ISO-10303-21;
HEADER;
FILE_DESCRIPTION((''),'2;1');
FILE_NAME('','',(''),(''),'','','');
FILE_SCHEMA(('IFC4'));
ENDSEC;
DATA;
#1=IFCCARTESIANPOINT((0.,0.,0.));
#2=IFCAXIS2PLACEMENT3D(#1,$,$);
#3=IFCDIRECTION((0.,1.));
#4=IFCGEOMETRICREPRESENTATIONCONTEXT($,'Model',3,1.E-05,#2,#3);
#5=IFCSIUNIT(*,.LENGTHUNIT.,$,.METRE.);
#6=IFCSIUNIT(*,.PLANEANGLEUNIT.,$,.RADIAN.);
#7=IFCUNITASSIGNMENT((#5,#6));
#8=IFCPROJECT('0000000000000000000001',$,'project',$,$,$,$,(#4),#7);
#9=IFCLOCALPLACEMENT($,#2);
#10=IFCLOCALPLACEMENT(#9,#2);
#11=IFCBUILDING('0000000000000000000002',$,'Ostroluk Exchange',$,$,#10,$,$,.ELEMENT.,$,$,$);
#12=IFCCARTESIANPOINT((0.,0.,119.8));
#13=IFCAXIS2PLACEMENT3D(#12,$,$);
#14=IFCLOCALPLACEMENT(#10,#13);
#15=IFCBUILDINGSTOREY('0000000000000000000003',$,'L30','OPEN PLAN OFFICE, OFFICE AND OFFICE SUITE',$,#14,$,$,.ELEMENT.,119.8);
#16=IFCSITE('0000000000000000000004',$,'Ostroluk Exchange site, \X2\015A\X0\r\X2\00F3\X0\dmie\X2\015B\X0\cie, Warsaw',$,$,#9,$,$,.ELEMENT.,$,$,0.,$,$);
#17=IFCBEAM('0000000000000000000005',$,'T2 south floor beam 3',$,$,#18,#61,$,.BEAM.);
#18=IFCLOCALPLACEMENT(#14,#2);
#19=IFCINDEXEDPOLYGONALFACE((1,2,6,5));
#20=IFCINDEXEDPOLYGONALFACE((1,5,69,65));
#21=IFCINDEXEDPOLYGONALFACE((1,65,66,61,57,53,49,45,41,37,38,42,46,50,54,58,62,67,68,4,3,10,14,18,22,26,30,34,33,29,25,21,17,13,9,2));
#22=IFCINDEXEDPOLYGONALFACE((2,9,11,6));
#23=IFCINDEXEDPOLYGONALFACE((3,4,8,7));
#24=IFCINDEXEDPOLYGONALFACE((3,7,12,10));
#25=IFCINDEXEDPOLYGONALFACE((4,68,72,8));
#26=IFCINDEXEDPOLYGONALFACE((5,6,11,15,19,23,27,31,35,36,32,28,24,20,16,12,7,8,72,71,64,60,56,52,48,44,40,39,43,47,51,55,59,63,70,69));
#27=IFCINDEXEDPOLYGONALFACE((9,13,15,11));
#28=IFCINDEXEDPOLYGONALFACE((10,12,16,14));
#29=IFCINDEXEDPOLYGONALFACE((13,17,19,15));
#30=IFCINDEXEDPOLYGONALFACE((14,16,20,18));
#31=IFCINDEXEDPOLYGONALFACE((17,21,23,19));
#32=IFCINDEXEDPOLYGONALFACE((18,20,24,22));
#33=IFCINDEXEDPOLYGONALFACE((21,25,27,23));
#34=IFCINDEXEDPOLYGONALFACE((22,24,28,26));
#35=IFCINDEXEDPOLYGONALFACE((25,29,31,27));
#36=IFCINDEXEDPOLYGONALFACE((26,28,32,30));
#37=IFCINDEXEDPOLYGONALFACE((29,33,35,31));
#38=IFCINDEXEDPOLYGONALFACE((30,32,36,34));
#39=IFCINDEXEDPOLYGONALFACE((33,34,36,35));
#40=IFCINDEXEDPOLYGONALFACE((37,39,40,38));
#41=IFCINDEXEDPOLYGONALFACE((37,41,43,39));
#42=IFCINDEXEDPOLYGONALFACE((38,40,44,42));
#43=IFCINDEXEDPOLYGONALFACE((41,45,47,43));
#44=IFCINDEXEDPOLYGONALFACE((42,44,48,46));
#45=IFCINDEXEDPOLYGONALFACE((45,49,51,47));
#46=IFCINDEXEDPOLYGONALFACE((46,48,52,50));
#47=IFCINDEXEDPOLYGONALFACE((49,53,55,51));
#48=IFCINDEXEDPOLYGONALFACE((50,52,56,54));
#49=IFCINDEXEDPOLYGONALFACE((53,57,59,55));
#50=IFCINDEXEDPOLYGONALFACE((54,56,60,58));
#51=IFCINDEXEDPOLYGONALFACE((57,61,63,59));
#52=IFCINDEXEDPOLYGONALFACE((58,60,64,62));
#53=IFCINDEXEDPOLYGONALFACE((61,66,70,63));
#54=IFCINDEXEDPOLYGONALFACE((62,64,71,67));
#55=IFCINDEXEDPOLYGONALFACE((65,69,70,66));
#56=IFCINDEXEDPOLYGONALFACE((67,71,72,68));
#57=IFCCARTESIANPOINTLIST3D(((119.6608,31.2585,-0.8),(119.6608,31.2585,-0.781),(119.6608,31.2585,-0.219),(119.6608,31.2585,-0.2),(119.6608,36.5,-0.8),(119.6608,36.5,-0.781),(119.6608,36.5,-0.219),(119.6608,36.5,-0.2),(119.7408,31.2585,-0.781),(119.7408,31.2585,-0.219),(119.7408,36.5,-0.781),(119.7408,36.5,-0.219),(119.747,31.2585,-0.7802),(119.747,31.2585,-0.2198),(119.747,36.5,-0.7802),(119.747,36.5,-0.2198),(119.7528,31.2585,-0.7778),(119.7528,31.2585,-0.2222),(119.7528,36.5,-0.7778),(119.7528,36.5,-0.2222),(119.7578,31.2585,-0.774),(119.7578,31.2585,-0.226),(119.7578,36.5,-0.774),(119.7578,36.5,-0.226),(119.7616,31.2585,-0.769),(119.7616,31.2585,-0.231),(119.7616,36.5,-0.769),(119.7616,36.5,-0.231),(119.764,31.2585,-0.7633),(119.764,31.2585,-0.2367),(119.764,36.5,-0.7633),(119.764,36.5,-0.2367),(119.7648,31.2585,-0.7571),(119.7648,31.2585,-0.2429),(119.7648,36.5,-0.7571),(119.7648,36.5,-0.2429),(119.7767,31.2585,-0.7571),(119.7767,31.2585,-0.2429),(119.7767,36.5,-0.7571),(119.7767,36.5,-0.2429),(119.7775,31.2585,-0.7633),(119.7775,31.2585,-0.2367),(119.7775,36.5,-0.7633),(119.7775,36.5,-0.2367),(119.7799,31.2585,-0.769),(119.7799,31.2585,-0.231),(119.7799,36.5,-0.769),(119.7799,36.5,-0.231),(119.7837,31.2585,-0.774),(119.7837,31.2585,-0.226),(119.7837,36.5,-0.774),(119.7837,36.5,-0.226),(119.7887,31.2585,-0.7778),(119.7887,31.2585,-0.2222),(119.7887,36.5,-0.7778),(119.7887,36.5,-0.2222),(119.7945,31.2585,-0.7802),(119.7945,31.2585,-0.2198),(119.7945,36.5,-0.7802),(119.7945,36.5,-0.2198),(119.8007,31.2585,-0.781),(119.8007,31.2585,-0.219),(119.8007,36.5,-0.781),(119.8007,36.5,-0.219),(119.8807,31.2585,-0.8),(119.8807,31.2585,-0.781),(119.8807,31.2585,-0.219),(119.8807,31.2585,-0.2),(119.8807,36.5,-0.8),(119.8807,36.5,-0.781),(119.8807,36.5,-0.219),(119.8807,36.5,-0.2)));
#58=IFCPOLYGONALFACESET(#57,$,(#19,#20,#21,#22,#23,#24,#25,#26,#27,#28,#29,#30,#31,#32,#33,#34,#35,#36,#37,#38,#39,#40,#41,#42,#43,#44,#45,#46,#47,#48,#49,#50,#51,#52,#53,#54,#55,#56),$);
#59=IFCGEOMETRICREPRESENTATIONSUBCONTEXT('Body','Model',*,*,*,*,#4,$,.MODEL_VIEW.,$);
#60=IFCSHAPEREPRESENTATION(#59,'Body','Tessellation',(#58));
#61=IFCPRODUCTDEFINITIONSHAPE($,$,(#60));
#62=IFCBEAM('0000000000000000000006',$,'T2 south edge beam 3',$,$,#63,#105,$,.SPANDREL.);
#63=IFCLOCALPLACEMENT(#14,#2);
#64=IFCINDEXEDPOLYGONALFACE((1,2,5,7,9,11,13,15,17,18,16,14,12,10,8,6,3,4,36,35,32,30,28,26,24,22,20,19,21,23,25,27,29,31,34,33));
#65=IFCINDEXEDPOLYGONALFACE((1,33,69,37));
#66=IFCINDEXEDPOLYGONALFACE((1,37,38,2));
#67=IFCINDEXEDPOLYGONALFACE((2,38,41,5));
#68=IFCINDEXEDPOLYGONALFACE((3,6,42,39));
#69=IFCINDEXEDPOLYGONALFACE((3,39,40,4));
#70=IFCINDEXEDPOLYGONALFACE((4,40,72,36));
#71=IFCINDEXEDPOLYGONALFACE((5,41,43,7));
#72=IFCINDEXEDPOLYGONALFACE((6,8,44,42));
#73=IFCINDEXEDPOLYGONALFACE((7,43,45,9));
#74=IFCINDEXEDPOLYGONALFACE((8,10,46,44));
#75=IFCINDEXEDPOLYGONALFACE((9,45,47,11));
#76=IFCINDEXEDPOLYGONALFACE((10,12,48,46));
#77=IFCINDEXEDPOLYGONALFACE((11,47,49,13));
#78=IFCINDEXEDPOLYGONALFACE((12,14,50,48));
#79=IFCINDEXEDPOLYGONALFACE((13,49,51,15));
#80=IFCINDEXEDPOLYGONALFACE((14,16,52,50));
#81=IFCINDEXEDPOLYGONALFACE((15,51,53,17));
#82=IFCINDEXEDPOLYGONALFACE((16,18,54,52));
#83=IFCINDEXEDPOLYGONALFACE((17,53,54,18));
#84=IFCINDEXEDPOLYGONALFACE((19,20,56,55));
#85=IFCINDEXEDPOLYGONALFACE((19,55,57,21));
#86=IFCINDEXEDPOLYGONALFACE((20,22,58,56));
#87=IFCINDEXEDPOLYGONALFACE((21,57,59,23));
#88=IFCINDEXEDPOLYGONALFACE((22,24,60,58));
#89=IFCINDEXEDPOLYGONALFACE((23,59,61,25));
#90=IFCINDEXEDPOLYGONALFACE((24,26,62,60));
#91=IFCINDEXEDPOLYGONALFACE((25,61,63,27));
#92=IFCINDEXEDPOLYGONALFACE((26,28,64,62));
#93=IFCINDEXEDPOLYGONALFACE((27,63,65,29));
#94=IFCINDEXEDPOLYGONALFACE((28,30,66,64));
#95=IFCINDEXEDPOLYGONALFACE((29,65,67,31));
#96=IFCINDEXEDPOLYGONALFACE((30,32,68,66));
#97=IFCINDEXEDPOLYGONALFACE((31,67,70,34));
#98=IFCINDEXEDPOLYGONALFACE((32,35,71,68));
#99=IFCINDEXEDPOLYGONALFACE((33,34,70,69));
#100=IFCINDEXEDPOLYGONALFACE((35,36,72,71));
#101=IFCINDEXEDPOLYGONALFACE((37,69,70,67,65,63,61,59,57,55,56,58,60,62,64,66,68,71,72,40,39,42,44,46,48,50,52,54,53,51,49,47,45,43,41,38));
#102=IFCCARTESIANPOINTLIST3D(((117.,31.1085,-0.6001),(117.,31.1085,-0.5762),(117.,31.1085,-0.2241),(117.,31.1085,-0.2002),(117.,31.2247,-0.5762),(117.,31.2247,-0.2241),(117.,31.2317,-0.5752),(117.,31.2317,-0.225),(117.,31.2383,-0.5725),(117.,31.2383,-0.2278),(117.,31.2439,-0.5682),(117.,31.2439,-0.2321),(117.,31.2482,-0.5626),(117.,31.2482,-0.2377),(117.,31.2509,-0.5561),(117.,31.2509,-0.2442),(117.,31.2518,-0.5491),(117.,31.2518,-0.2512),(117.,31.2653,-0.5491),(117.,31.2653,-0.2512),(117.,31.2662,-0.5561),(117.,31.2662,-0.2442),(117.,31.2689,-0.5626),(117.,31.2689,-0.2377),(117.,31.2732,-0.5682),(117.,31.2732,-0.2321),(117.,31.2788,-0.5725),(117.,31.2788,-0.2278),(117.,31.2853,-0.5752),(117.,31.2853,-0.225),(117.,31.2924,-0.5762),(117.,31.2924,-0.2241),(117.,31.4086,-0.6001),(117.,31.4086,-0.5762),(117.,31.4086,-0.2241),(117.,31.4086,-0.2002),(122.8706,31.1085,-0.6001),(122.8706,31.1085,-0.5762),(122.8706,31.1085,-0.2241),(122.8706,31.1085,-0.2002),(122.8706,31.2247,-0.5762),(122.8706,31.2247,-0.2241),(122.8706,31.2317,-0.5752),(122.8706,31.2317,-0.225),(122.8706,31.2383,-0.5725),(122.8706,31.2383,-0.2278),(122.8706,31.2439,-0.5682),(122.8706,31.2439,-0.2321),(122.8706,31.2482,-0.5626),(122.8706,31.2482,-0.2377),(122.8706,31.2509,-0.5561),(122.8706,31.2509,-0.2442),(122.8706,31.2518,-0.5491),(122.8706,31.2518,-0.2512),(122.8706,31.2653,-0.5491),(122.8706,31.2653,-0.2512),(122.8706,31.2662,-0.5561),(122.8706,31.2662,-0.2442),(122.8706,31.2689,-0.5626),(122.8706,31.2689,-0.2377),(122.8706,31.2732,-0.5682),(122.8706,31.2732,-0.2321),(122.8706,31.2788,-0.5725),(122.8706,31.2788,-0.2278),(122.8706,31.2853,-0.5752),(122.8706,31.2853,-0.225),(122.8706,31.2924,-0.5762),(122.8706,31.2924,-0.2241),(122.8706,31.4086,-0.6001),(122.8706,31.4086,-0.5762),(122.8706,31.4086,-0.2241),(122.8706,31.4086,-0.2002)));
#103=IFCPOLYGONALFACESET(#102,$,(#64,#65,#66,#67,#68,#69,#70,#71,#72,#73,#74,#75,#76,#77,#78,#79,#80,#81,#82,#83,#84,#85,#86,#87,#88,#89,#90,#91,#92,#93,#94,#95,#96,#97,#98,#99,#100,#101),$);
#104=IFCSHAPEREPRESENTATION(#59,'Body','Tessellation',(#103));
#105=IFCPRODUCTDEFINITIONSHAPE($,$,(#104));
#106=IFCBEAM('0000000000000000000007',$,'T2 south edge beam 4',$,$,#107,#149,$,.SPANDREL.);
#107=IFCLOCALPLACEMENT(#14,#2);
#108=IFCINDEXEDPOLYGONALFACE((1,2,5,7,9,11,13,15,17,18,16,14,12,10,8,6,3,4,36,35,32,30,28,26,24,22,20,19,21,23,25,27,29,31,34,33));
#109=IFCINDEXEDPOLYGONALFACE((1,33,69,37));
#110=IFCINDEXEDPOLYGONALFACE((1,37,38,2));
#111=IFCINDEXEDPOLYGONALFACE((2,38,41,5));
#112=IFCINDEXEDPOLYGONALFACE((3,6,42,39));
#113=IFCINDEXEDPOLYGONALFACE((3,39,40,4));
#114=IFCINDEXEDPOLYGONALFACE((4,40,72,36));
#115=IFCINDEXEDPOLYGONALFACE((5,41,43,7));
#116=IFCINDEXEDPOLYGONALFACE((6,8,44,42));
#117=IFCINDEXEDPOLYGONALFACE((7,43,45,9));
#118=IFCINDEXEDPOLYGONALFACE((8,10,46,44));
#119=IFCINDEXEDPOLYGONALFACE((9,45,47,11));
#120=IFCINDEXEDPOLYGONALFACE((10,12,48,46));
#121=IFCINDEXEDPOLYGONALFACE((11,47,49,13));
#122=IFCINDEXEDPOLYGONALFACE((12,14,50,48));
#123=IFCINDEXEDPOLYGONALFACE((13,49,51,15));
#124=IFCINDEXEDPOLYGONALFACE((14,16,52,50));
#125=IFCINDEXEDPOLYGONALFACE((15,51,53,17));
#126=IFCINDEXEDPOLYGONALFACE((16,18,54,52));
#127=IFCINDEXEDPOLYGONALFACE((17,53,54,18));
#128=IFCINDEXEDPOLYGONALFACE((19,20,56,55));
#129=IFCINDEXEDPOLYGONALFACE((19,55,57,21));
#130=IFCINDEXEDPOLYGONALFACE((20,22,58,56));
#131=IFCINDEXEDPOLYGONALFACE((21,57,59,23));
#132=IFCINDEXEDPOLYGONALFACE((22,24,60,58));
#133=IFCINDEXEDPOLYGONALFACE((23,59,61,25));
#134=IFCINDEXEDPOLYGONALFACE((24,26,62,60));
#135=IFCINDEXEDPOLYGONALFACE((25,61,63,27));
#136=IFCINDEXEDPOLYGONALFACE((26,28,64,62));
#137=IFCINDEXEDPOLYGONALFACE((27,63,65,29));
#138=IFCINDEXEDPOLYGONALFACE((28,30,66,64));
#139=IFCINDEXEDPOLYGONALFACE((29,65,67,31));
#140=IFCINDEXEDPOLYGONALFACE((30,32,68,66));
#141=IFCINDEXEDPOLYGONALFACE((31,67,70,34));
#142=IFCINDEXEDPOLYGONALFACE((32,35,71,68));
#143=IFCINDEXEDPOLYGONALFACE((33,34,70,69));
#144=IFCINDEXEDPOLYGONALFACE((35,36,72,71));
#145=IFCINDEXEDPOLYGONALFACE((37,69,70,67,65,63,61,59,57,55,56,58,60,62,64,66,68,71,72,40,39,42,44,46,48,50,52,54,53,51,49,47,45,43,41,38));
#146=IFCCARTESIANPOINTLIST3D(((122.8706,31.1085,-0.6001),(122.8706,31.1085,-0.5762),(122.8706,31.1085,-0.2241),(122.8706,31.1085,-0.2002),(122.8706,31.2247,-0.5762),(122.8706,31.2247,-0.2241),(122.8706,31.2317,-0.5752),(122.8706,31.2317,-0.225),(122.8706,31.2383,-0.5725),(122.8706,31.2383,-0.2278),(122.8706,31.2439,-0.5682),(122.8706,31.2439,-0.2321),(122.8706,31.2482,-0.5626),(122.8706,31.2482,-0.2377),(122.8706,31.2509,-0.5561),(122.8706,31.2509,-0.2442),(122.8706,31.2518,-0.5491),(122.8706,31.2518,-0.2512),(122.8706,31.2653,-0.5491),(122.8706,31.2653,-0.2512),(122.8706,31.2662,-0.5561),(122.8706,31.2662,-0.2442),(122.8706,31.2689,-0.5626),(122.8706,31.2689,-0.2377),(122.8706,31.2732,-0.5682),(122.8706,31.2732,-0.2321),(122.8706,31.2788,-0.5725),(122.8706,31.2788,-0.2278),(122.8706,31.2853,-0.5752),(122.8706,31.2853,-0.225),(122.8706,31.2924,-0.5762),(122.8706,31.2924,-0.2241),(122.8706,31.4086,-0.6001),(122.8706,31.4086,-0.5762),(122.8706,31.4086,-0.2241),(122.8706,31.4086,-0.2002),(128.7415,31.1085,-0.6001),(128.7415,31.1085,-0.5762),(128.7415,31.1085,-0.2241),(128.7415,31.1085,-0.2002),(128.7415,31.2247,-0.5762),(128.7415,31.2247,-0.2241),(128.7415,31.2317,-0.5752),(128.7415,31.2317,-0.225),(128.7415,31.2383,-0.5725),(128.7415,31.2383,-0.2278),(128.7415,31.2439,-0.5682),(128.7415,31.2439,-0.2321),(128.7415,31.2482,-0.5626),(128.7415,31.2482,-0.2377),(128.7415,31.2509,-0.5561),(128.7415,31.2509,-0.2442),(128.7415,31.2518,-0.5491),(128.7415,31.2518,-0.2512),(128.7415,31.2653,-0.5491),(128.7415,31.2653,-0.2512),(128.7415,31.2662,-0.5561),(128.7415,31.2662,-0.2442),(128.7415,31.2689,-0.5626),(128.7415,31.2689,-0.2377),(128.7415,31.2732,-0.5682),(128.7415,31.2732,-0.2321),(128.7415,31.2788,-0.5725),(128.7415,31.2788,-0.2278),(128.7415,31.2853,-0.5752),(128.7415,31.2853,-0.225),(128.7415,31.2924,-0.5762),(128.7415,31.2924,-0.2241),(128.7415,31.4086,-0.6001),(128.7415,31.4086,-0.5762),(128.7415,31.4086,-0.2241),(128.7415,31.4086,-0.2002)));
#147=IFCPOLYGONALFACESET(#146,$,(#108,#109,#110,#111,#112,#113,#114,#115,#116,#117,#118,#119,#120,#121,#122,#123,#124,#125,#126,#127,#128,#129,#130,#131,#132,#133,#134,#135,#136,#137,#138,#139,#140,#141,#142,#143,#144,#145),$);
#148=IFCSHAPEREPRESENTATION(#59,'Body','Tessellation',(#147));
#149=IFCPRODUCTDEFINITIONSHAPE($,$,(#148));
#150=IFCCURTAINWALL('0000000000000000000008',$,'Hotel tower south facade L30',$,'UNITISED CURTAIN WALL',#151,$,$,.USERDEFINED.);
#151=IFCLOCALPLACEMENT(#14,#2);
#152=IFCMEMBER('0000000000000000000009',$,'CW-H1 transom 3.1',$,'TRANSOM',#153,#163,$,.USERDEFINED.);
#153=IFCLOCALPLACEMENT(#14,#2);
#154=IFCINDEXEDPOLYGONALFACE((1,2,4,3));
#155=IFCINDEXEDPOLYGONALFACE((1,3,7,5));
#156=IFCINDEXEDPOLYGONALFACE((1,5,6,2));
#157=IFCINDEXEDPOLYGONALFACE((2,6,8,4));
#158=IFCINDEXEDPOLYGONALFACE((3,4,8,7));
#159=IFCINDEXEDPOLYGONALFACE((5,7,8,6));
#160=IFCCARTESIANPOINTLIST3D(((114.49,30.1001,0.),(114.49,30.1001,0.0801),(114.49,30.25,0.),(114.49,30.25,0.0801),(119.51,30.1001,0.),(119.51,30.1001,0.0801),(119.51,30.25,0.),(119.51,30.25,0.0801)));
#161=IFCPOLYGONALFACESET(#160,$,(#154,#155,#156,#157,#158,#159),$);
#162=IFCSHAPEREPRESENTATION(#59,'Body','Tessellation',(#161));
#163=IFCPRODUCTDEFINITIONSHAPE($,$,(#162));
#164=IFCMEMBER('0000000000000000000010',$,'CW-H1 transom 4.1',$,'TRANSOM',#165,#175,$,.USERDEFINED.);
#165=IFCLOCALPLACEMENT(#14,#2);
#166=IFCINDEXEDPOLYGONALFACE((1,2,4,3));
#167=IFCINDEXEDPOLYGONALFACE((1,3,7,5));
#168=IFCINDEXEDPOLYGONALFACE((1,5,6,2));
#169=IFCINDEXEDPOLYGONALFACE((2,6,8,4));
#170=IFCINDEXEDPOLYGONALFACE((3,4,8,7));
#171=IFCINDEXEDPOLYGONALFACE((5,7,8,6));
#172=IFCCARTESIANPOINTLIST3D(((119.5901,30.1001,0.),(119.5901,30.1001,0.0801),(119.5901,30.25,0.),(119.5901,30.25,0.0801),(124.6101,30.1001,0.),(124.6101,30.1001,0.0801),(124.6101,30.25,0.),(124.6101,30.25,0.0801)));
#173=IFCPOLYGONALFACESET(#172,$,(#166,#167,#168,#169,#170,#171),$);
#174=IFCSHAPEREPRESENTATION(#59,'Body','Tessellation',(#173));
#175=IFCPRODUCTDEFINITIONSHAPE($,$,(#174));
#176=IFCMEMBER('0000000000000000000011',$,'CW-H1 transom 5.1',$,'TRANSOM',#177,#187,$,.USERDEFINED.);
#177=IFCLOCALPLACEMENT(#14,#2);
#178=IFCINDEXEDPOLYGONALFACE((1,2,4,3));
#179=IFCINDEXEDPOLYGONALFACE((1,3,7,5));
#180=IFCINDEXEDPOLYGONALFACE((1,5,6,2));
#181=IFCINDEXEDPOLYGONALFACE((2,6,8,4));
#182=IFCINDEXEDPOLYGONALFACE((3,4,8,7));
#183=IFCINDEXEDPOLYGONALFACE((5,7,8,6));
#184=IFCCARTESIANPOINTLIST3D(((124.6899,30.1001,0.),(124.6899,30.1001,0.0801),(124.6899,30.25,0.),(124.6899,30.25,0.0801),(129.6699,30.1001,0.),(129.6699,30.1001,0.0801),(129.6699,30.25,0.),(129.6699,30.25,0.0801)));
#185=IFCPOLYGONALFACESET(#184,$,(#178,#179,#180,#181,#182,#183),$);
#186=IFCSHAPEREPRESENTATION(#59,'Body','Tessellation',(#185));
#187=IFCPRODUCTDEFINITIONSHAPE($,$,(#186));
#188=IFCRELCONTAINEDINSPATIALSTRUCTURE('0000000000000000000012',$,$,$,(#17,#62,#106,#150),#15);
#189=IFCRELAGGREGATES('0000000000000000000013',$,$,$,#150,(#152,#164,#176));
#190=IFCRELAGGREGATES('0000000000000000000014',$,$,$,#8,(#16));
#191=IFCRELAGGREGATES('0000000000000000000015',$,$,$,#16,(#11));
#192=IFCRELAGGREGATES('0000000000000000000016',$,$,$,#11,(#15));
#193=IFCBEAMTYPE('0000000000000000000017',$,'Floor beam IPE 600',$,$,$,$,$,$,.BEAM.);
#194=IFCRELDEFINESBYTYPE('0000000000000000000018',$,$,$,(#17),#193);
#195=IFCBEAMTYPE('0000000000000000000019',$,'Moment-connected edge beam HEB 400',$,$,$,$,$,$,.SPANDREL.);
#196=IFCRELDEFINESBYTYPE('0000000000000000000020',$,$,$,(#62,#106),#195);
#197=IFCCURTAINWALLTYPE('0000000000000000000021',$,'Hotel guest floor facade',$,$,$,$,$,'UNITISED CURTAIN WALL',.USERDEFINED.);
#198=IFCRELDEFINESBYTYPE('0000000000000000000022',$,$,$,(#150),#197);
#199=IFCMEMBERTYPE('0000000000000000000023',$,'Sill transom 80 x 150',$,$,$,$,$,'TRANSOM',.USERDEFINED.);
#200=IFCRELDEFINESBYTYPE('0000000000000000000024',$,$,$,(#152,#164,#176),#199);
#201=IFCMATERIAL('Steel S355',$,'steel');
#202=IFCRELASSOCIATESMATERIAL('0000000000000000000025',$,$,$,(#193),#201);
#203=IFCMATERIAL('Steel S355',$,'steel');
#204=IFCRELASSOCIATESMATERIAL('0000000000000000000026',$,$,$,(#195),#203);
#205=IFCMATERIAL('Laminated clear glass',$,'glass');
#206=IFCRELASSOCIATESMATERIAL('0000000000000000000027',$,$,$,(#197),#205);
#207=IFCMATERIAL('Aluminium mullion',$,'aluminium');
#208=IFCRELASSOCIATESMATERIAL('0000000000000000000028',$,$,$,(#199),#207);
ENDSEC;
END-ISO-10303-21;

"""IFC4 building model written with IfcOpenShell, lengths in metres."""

from ifc_helpers import new_model, si_unit, direction, frame, origin, origin_2d, place, context, subcontext, project, spatial, rectangle, i_section, extrude, material, material_profile, profile_set, type_object, element, aggregate, save


model = new_model("IFC4")

# Units and contexts
model_context = context("Model", 3, precision=1e-05, world=origin(), true_north=direction((0.0, 1.0)))
body_context = subcontext(model_context, "Body", "Model", "MODEL_VIEW")
ifc_project = project(units=[si_unit("LENGTHUNIT", "METRE"), si_unit("PLANEANGLEUNIT", "RADIAN")], contexts=[model_context])

# Site, building, storey
site_placement = place(None, origin())
site = spatial("IfcSite", under=ifc_project, at=site_placement, Name="Ostroluk Exchange site, Śródmieście, Warsaw", CompositionType="ELEMENT", RefElevation=0.0)
building_placement = place(site_placement, origin())
building = spatial("IfcBuilding", under=site, at=building_placement, Name="Ostroluk Exchange", CompositionType="ELEMENT")
storey_placement = place(building_placement, frame((0.0, 0.0, 119.8)))
storey = spatial("IfcBuildingStorey", under=building, at=storey_placement, Name="L30", Description="OPEN PLAN OFFICE, OFFICE AND OFFICE SUITE", CompositionType="ELEMENT", Elevation=119.8)

# Beams
ifc_material_1 = material(Name="Steel S355", Category="steel")
ifc_material_profile_1 = material_profile(ifc_material_1, i_section(OverallWidth=0.22, OverallDepth=0.6001, WebThickness=0.012, FlangeThickness=0.019, FilletRadius=0.0239, at=origin_2d()), Name="IPE 600")
ifc_profile_set_1 = profile_set([ifc_material_profile_1], Name="Steel S355")
beam_type_1 = type_object("IfcBeamType", Name="Floor beam IPE 600", PredefinedType="BEAM", material=ifc_profile_set_1)
for number, where, z_axis, x_axis, name in (
    (1, (119.7708, 36.5, -0.5), (0.0, -1.0, 0.0), (1.0, 0.0, 0.0), "T2 south floor beam 3"),
):
    element("IfcBeam", number, at=place(storey_placement, frame(where, z_axis=z_axis, x_axis=x_axis)), inside=storey, type_object=beam_type_1, Name=name, PredefinedType="BEAM", context=body_context, shape_type="SweptSolid", body=[
        extrude(i_section(OverallWidth=0.22, OverallDepth=0.6001, WebThickness=0.012, FlangeThickness=0.019, FilletRadius=0.0239, at=origin_2d()), origin(), (0.0, 0.0, 1.0), 5.2415),
    ])
ifc_material_2 = material(Name="Steel S355", Category="steel")
ifc_material_profile_2 = material_profile(ifc_material_2, i_section(OverallWidth=0.3, OverallDepth=0.3999, WebThickness=0.0134, FlangeThickness=0.0239, FilletRadius=0.0271, at=origin_2d()), Name="HEB 400")
ifc_profile_set_2 = profile_set([ifc_material_profile_2], Name="Steel S355")
beam_type_2 = type_object("IfcBeamType", Name="Moment-connected edge beam HEB 400", PredefinedType="SPANDREL", material=ifc_profile_set_2)
beam_1_placement = place(storey_placement, frame((117.0, 31.2585, -0.4001), z_axis=(1.0, 0.0, 0.0), x_axis=(0.0, 1.0, 0.0)))
element("IfcBeam", 2, at=beam_1_placement, inside=storey, type_object=beam_type_2, Name="T2 south edge beam 3", PredefinedType="SPANDREL", context=body_context, shape_type="SweptSolid", body=[
    extrude(i_section(OverallWidth=0.3, OverallDepth=0.3999, WebThickness=0.0134, FlangeThickness=0.0239, FilletRadius=0.0271, at=origin_2d()), origin(), (0.0, 0.0, 1.0), 5.8706),
])
beam_2_placement = place(storey_placement, frame((122.8706, 31.2585, -0.4001), z_axis=(1.0, 0.0, 0.0), x_axis=(0.0, 1.0, 0.0)))
element("IfcBeam", 3, at=beam_2_placement, inside=storey, type_object=beam_type_2, Name="T2 south edge beam 4", PredefinedType="SPANDREL", context=body_context, shape_type="SweptSolid", body=[
    extrude(i_section(OverallWidth=0.3, OverallDepth=0.3999, WebThickness=0.0134, FlangeThickness=0.0239, FilletRadius=0.0271, at=origin_2d()), origin(), (0.0, 0.0, 1.0), 5.8708),
])

# Curtain wall, members
ifc_material_3 = material(Name="Laminated clear glass", Category="glass")
curtain_wall_type = type_object("IfcCurtainWallType", Name="Hotel guest floor facade", ElementType="UNITISED CURTAIN WALL", PredefinedType="USERDEFINED", material=ifc_material_3)
curtain_wall_placement = place(storey_placement, origin())
curtain_wall = element("IfcCurtainWall", 4, at=curtain_wall_placement, inside=storey, type_object=curtain_wall_type, Name="Hotel tower south facade L30", ObjectType="UNITISED CURTAIN WALL", PredefinedType="USERDEFINED")
ifc_material_4 = material(Name="Aluminium mullion", Category="aluminium")
ifc_material_profile_3 = material_profile(ifc_material_4, rectangle(XDim=0.1499, YDim=0.0801, at=origin_2d()), Name="Sill transom 80 x 150")
ifc_profile_set_3 = profile_set([ifc_material_profile_3], Name="Aluminium mullion")
member_type_1 = type_object("IfcMemberType", Name="Sill transom 80 x 150", ElementType="TRANSOM", PredefinedType="USERDEFINED", material=ifc_profile_set_3)
member_1_placement = place(storey_placement, frame((114.49, 30.175, 0.04), z_axis=(1.0, 0.0, 0.0), x_axis=(0.0, 1.0, 0.0)))
member_1 = element("IfcMember", 5, at=member_1_placement, type_object=member_type_1, Name="CW-H1 transom 3.1", ObjectType="TRANSOM", PredefinedType="USERDEFINED", context=body_context, shape_type="SweptSolid", body=[
    extrude(rectangle(XDim=0.1499, YDim=0.0801, at=origin_2d()), origin(), (0.0, 0.0, 1.0), 5.02),
])
member_2_placement = place(storey_placement, frame((119.5901, 30.175, 0.04), z_axis=(1.0, 0.0, 0.0), x_axis=(0.0, 1.0, 0.0)))
member_2 = element("IfcMember", 6, at=member_2_placement, type_object=member_type_1, Name="CW-H1 transom 4.1", ObjectType="TRANSOM", PredefinedType="USERDEFINED", context=body_context, shape_type="SweptSolid", body=[
    extrude(rectangle(XDim=0.1499, YDim=0.0801, at=origin_2d()), origin(), (0.0, 0.0, 1.0), 5.02),
])
member_3_placement = place(storey_placement, frame((124.6899, 30.175, 0.04), z_axis=(1.0, 0.0, 0.0), x_axis=(0.0, 1.0, 0.0)))
member_3 = element("IfcMember", 7, at=member_3_placement, type_object=member_type_1, Name="CW-H1 transom 5.1", ObjectType="TRANSOM", PredefinedType="USERDEFINED", context=body_context, shape_type="SweptSolid", body=[
    extrude(rectangle(XDim=0.1499, YDim=0.0801, at=origin_2d()), origin(), (0.0, 0.0, 1.0), 4.98),
])
aggregate(curtain_wall, [member_1, member_2, member_3])

save(model, "model.ifc")
